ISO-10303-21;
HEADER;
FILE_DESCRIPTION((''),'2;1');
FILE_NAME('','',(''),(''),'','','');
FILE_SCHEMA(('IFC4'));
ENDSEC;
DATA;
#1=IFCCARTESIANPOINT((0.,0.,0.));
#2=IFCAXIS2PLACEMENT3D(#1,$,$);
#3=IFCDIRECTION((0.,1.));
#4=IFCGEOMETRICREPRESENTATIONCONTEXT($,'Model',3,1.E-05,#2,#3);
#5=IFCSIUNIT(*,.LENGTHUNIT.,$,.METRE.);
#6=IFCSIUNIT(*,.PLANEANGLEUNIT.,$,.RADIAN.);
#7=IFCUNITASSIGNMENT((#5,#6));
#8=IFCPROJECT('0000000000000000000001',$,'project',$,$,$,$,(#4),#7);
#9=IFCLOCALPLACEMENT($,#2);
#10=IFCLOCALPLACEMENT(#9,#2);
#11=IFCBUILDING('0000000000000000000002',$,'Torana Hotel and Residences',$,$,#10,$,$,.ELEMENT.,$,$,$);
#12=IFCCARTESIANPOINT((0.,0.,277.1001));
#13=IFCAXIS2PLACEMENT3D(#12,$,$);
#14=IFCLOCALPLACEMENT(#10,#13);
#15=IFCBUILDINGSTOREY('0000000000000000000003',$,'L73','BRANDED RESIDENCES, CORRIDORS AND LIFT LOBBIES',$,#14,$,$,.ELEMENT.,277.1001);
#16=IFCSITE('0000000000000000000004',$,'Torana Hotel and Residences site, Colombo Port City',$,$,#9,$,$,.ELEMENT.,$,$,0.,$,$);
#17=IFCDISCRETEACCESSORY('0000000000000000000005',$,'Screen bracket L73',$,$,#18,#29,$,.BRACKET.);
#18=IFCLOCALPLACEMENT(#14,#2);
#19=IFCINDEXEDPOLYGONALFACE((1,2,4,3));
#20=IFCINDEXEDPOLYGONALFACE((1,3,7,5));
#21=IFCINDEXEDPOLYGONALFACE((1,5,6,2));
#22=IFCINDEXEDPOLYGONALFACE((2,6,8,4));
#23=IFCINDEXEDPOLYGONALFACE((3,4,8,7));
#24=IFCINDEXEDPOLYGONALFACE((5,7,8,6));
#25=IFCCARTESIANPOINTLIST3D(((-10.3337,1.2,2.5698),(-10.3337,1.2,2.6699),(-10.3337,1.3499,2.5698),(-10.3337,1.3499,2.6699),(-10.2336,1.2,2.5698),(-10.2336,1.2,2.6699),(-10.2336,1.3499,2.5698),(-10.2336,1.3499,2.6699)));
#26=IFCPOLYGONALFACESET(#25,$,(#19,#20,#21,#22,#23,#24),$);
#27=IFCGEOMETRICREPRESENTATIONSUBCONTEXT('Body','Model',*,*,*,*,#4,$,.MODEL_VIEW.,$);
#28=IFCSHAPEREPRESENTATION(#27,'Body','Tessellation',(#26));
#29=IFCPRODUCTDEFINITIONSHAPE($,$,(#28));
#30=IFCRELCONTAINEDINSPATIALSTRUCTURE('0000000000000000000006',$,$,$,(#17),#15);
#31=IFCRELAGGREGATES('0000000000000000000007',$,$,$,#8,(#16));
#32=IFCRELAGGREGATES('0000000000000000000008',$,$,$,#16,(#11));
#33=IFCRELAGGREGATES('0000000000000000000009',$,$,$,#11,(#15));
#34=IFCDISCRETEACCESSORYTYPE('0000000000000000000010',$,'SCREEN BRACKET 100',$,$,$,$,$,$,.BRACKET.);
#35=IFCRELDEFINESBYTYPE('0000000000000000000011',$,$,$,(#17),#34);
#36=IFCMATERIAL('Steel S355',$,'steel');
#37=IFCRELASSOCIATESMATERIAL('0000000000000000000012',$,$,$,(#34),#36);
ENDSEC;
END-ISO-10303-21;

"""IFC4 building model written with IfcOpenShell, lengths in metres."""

from ifc_helpers import new_model, si_unit, direction, frame, origin, origin_2d, place, context, subcontext, project, spatial, rectangle, extrude, material, type_object, element, save


model = new_model("IFC4")

# Units and contexts
model_context = context("Model", 3, precision=1e-05, world=origin(), true_north=direction((0.0, 1.0)))
body_context = subcontext(model_context, "Body", "Model", "MODEL_VIEW")
ifc_project = project(units=[si_unit("LENGTHUNIT", "METRE"), si_unit("PLANEANGLEUNIT", "RADIAN")], contexts=[model_context])

# Site, building, storey
site_placement = place(None, origin())
site = spatial("IfcSite", under=ifc_project, at=site_placement, Name="Torana Hotel and Residences site, Colombo Port City", CompositionType="ELEMENT", RefElevation=0.0)
building_placement = place(site_placement, origin())
building = spatial("IfcBuilding", under=site, at=building_placement, Name="Torana Hotel and Residences", CompositionType="ELEMENT")
storey_placement = place(building_placement, frame((0.0, 0.0, 277.1001)))
storey = spatial("IfcBuildingStorey", under=building, at=storey_placement, Name="L73", Description="BRANDED RESIDENCES, CORRIDORS AND LIFT LOBBIES", CompositionType="ELEMENT", Elevation=277.1001)

# Discrete accessory
ifc_material_1 = material(Name="Steel S355", Category="steel")
discrete_accessory_type = type_object("IfcDiscreteAccessoryType", Name="SCREEN BRACKET 100", PredefinedType="BRACKET", material=ifc_material_1)
for number, where, z_axis, x_axis, name in (
    (1, (-10.2837, 1.2749, 2.5698), (0.0, 0.0, 1.0), (-1.0, 0.0, 0.0), "Screen bracket L73"),
):
    element("IfcDiscreteAccessory", number, at=place(storey_placement, frame(where, z_axis=z_axis, x_axis=x_axis)), inside=storey, type_object=discrete_accessory_type, Name=name, PredefinedType="BRACKET", context=body_context, shape_type="SweptSolid", body=[
        extrude(rectangle(XDim=0.1001, YDim=0.1499, at=origin_2d()), origin(), (0.0, 0.0, 1.0), 0.1001),
    ])

save(model, "model.ifc")
